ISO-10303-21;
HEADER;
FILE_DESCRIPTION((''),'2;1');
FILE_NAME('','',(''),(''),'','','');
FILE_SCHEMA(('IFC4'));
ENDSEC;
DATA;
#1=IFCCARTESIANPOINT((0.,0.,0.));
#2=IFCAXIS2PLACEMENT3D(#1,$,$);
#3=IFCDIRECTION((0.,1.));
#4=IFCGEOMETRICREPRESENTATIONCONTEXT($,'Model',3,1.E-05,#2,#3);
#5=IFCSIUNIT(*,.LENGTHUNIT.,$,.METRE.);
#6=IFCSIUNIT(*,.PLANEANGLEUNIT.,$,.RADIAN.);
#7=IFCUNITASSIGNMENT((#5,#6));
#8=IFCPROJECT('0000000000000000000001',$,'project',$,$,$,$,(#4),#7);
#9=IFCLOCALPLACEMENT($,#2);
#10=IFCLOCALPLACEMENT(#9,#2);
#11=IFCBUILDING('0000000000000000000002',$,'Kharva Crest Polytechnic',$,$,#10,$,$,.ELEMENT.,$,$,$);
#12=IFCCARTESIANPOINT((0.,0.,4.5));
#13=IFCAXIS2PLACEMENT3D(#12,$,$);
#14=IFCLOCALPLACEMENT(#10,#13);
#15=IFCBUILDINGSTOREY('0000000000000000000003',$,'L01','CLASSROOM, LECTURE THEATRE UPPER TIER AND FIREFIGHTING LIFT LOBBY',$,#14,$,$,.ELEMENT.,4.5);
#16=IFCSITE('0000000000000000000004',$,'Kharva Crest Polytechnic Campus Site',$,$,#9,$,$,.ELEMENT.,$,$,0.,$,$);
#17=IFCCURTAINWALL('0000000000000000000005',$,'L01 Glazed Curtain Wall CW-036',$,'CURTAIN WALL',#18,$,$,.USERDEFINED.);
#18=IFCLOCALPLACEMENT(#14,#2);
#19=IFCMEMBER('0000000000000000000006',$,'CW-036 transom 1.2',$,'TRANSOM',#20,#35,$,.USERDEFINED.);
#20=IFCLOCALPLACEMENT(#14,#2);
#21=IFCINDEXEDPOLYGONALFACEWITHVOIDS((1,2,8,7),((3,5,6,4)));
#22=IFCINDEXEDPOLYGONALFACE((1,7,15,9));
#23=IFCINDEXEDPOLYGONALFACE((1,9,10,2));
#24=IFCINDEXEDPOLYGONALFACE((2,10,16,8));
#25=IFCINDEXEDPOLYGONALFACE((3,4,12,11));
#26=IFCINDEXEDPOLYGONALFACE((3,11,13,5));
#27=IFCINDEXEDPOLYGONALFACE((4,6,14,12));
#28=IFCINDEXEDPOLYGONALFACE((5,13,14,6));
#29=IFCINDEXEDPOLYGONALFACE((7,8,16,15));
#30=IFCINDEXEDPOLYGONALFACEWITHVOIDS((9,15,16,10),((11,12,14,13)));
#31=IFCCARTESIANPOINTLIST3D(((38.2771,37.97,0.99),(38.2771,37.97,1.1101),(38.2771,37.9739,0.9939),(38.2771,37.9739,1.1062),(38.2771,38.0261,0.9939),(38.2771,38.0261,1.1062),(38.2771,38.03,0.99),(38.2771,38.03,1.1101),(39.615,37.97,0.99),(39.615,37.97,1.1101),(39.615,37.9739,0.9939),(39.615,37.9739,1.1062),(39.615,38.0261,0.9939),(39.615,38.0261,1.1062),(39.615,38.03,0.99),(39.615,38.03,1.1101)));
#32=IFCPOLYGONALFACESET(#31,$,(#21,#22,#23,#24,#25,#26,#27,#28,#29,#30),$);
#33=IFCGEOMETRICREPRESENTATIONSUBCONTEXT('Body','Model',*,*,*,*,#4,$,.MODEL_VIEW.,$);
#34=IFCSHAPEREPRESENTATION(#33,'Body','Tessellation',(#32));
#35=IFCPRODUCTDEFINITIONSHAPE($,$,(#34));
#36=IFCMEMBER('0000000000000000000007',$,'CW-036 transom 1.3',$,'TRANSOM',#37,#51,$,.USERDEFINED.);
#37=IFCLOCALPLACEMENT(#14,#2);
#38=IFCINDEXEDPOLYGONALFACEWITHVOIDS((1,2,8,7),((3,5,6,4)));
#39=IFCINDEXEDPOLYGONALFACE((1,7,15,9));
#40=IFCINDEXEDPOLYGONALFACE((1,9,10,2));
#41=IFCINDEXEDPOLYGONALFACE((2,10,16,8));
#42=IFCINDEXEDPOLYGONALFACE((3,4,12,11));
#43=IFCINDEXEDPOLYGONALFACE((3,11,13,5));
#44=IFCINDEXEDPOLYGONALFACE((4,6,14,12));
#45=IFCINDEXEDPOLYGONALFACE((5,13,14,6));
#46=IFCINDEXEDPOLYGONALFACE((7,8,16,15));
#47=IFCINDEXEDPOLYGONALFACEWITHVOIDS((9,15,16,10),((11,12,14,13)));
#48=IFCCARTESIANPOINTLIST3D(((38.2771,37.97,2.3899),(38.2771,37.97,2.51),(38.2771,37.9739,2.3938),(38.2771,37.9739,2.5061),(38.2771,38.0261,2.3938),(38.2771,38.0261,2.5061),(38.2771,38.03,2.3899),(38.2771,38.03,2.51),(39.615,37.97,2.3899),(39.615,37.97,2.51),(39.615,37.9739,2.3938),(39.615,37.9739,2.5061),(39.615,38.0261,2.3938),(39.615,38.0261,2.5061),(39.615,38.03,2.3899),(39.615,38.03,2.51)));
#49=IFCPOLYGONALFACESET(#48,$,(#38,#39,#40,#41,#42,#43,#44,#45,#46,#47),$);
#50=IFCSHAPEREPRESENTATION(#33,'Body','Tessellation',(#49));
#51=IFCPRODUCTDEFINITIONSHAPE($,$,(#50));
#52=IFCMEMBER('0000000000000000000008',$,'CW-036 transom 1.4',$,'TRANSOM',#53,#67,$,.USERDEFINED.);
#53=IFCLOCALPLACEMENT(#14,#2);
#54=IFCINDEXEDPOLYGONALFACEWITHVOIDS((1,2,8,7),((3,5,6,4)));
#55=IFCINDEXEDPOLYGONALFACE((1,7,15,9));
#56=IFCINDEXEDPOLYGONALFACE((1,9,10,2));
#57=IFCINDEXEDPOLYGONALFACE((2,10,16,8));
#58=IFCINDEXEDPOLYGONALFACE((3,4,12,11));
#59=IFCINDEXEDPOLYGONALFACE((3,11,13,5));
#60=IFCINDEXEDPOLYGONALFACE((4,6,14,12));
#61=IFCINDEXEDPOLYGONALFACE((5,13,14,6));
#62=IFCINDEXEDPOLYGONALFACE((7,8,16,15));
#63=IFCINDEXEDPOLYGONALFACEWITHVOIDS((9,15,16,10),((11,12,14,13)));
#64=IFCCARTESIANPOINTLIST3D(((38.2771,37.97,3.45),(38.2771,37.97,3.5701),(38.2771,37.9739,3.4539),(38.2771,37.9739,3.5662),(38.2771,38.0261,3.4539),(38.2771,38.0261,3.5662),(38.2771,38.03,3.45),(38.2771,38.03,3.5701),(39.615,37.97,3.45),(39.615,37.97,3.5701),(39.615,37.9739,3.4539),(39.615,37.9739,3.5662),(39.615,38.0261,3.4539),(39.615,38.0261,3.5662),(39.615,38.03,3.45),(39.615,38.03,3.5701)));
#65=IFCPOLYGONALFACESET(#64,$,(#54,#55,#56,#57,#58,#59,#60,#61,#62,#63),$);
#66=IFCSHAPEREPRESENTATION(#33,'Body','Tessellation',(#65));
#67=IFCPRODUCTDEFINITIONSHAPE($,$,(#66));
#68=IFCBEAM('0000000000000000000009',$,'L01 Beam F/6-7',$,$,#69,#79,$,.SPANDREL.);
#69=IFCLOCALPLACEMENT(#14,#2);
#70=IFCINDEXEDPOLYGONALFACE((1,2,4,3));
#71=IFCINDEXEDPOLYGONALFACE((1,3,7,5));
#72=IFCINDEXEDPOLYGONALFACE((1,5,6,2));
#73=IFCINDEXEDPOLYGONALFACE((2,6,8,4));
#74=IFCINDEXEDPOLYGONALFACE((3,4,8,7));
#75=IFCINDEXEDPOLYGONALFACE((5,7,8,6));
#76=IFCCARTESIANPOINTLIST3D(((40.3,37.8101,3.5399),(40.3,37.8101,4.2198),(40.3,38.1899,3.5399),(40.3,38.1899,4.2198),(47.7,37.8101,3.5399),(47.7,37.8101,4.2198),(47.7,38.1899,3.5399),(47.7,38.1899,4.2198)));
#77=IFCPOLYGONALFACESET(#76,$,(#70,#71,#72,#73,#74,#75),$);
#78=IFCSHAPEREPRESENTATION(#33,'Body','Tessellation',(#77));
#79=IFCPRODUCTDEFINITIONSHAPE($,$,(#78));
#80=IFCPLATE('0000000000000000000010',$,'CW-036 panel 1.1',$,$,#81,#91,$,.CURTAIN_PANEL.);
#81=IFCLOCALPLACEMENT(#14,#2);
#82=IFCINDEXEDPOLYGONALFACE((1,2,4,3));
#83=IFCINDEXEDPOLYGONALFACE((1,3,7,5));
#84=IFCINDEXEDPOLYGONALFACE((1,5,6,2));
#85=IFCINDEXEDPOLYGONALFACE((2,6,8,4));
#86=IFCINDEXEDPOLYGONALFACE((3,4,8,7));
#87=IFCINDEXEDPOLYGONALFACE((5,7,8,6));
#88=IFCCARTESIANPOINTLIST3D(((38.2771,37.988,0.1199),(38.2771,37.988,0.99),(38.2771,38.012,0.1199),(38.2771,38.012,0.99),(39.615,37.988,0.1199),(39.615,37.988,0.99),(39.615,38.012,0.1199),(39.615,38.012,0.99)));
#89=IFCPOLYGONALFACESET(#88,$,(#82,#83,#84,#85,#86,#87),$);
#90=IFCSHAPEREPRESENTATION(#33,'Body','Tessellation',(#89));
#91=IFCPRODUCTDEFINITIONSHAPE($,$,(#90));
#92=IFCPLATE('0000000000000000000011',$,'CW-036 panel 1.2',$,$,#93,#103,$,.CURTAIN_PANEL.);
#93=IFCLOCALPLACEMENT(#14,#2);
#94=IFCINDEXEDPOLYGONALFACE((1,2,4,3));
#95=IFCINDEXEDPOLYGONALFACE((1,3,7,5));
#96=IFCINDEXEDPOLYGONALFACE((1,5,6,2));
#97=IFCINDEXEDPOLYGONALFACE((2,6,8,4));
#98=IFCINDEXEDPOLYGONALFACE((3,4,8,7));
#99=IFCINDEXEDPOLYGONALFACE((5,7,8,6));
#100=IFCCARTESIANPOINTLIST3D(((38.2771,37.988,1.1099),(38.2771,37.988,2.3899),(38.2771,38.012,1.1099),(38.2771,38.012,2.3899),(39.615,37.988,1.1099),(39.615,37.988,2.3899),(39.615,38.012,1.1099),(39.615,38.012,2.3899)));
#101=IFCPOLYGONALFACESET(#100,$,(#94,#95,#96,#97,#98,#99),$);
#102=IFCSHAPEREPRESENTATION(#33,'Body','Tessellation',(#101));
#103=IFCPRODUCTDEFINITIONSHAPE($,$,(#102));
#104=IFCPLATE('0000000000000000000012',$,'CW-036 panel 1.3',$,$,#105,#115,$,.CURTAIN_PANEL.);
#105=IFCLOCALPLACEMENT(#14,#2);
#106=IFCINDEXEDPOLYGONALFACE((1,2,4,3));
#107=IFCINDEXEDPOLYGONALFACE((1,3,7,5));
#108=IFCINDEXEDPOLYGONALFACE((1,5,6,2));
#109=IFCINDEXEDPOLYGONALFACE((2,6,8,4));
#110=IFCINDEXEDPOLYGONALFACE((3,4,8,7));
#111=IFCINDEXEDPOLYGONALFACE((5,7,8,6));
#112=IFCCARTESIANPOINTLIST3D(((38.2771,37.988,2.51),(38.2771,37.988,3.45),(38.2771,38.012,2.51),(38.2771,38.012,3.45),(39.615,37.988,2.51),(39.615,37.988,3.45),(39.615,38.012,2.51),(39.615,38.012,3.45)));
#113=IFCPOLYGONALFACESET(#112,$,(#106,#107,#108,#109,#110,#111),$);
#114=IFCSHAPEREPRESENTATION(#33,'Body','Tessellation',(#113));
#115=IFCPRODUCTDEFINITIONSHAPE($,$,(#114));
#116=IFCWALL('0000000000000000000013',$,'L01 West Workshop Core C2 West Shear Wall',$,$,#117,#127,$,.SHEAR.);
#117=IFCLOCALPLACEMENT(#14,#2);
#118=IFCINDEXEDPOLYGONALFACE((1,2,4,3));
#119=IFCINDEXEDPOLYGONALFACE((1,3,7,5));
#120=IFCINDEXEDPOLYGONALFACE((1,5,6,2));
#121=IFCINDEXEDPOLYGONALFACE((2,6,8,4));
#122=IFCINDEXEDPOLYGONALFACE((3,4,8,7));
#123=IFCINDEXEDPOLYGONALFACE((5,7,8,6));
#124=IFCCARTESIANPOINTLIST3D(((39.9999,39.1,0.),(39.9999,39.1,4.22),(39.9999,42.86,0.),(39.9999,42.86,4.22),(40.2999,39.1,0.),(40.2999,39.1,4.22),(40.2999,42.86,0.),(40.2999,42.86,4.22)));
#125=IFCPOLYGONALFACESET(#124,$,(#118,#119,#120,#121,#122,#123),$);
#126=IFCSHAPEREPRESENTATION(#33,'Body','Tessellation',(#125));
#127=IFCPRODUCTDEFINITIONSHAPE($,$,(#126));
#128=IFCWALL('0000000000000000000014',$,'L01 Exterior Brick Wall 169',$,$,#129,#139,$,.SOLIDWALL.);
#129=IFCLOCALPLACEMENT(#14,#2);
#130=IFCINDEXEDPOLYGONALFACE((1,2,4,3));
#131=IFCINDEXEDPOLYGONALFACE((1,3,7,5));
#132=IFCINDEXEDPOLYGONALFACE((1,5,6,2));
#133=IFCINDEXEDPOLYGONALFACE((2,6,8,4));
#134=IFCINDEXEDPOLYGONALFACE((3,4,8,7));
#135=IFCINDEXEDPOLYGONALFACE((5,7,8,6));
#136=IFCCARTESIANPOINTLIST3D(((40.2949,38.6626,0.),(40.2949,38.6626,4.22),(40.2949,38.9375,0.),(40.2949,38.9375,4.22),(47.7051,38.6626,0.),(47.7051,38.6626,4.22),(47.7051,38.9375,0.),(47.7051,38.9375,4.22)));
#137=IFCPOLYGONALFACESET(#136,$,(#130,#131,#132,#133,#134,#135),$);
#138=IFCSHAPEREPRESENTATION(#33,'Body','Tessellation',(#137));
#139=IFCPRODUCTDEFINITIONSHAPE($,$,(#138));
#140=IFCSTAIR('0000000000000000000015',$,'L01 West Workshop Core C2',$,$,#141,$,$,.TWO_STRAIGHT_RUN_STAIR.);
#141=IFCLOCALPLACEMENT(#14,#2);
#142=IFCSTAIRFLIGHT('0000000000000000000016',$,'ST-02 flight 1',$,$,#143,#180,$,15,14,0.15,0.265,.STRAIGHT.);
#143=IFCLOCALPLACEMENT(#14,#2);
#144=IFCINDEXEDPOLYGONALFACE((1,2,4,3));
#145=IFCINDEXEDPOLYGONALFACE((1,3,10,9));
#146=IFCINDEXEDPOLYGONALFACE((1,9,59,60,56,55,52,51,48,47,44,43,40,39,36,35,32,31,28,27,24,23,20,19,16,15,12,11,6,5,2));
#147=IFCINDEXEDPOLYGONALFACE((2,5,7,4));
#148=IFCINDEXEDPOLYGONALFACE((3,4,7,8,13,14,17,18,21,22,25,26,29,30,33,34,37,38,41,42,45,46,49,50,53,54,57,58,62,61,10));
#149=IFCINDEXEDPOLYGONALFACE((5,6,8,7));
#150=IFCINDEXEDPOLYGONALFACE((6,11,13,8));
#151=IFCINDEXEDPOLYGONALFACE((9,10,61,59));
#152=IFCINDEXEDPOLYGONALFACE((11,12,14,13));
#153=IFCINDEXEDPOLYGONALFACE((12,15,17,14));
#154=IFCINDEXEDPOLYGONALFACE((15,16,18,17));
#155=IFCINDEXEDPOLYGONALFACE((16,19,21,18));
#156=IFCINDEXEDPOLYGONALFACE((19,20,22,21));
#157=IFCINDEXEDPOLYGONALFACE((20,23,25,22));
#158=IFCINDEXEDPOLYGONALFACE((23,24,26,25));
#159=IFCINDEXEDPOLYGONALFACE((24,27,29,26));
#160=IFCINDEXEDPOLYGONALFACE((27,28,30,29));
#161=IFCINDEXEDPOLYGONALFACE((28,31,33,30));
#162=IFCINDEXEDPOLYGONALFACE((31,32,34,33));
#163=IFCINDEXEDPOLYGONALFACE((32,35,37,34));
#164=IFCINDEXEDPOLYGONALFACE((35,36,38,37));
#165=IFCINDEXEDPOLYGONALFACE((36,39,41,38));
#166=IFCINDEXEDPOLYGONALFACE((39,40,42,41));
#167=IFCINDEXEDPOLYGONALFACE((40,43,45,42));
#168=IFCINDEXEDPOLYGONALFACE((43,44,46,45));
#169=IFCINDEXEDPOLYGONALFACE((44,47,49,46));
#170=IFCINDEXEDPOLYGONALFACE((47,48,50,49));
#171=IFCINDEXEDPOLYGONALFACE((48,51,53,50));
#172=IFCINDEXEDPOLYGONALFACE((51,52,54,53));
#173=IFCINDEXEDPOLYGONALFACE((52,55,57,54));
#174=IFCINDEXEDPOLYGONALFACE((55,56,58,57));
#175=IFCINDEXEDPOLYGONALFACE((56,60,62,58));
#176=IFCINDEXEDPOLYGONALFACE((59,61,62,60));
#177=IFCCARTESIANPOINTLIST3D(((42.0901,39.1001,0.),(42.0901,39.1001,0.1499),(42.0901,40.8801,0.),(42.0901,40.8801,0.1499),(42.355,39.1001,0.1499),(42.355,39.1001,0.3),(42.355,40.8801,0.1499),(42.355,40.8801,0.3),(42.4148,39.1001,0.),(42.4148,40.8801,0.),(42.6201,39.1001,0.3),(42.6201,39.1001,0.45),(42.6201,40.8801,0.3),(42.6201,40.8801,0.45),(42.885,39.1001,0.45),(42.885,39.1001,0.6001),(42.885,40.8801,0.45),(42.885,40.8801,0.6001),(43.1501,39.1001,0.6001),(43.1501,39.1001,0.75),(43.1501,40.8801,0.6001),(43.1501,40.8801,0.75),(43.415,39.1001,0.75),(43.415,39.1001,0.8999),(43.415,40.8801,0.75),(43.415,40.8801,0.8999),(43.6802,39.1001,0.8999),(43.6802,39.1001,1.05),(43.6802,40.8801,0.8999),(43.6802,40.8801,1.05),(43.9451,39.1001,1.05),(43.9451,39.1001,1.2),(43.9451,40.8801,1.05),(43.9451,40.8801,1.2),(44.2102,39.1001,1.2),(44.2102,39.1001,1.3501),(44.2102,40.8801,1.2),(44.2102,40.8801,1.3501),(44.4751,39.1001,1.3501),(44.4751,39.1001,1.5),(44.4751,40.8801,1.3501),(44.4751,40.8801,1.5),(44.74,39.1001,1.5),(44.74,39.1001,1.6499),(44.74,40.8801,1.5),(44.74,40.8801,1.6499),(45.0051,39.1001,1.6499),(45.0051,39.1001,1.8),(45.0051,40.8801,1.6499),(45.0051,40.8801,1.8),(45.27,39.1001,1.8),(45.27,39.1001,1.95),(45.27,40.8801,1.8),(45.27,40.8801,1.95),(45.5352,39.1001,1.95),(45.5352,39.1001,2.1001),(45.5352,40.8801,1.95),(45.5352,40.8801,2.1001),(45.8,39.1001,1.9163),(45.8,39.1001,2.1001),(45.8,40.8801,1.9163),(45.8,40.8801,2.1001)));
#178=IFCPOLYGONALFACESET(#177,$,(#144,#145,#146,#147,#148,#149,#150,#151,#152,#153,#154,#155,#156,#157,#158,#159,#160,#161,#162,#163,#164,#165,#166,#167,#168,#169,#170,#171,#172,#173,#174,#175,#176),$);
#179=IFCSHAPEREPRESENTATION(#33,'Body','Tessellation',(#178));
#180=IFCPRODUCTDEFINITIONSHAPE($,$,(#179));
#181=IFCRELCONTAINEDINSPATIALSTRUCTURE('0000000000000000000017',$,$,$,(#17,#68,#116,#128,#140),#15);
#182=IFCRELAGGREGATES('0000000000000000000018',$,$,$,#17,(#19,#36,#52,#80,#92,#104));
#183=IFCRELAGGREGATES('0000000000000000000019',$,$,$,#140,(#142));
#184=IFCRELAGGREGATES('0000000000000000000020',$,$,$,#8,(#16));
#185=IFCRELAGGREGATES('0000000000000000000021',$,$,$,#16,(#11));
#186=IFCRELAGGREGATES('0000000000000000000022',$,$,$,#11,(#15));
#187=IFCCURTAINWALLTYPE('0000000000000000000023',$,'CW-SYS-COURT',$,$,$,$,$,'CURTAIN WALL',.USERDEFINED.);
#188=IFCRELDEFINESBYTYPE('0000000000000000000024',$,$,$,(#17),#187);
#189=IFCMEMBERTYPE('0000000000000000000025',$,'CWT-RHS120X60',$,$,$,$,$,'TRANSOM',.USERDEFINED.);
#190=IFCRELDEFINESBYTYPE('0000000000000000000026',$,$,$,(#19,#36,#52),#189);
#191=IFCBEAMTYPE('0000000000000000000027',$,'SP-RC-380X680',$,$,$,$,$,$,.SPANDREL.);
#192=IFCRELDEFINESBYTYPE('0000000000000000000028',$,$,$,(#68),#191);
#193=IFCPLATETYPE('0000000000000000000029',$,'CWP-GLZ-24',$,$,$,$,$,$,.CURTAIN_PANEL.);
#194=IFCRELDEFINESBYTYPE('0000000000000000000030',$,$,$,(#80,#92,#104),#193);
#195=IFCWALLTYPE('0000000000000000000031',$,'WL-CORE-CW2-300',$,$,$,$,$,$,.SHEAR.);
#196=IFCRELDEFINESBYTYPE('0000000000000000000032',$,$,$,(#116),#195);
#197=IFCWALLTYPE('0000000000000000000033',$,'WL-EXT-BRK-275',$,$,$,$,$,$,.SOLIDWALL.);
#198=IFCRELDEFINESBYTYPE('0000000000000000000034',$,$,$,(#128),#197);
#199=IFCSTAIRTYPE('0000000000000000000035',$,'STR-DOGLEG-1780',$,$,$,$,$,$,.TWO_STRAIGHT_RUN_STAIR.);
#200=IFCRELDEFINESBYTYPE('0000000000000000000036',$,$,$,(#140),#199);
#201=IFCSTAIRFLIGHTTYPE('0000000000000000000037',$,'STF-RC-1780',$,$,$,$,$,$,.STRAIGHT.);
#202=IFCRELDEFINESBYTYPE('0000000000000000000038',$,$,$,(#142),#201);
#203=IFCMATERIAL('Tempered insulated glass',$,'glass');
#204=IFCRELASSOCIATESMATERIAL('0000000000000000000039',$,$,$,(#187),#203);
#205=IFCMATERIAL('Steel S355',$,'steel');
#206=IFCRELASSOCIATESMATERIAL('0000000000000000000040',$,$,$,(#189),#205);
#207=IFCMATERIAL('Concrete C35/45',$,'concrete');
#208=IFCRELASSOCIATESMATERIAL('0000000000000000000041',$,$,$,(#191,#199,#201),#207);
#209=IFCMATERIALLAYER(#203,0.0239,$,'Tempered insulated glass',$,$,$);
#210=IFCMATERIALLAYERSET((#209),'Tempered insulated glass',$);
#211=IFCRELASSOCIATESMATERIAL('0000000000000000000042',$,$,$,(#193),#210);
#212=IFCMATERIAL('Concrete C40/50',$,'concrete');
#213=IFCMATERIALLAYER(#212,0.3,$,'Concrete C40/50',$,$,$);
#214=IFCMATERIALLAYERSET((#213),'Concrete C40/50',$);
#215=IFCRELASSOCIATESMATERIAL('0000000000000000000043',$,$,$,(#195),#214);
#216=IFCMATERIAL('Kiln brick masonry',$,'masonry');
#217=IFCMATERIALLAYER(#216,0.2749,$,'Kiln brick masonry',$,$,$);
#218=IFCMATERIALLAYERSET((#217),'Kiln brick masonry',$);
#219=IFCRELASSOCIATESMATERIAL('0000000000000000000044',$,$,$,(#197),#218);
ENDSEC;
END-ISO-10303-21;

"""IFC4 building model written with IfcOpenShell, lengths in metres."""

from ifc_helpers import new_model, si_unit, direction, frame, frame_2d, origin, origin_2d, place, context, subcontext, project, spatial, polyline, rectangle, hollow_rectangle, outline, extrude, material, layer, layer_set, material_profile, profile_set, type_object, element, aggregate, save


model = new_model("IFC4")

# Units and contexts
model_context = context("Model", 3, precision=1e-05, world=origin(), true_north=direction((0.0, 1.0)))
body_context = subcontext(model_context, "Body", "Model", "MODEL_VIEW")
ifc_project = project(units=[si_unit("LENGTHUNIT", "METRE"), si_unit("PLANEANGLEUNIT", "RADIAN")], contexts=[model_context])

# Site, building, storey
site_placement = place(None, origin())
site = spatial("IfcSite", under=ifc_project, at=site_placement, Name="Kharva Crest Polytechnic Campus Site", CompositionType="ELEMENT", RefElevation=0.0)
building_placement = place(site_placement, origin())
building = spatial("IfcBuilding", under=site, at=building_placement, Name="Kharva Crest Polytechnic", CompositionType="ELEMENT")
storey_placement = place(building_placement, frame((0.0, 0.0, 4.5)))
storey = spatial("IfcBuildingStorey", under=building, at=storey_placement, Name="L01", Description="CLASSROOM, LECTURE THEATRE UPPER TIER AND FIREFIGHTING LIFT LOBBY", CompositionType="ELEMENT", Elevation=4.5)

# Shared definitions
ifc_material_1 = material(Name="Concrete C40/50", Category="concrete")
ifc_material_2 = material(Name="Steel S355", Category="steel")

# Shared definitions
ifc_material_3 = material(Name="Concrete C35/45", Category="concrete")

# Curtain wall, members
ifc_material_4 = material(Name="Tempered insulated glass", Category="glass")
curtain_wall_type = type_object("IfcCurtainWallType", Name="CW-SYS-COURT", ElementType="CURTAIN WALL", PredefinedType="USERDEFINED", material=ifc_material_4)
curtain_wall_placement = place(storey_placement, origin())
curtain_wall = element("IfcCurtainWall", 1, at=curtain_wall_placement, inside=storey, type_object=curtain_wall_type, Name="L01 Glazed Curtain Wall CW-036", ObjectType="CURTAIN WALL", PredefinedType="USERDEFINED")
ifc_material_profile_1 = material_profile(ifc_material_2, hollow_rectangle(XDim=0.0601, YDim=0.1201, WallThickness=0.0039, at=origin_2d()), Name="RHS 120X60X4.0")
ifc_profile_set_1 = profile_set([ifc_material_profile_1], Name="Steel S355")
member_type_1 = type_object("IfcMemberType", Name="CWT-RHS120X60", ElementType="TRANSOM", PredefinedType="USERDEFINED", material=ifc_profile_set_1)
member_1_placement = place(storey_placement, frame((39.615, 38.0, 1.05), z_axis=(-1.0, 0.0, 0.0), x_axis=(0.0, -1.0, 0.0)))
member_1 = element("IfcMember", 2, at=member_1_placement, type_object=member_type_1, Name="CW-036 transom 1.2", ObjectType="TRANSOM", PredefinedType="USERDEFINED", context=body_context, shape_type="SweptSolid", body=[
    extrude(hollow_rectangle(XDim=0.0601, YDim=0.1201, WallThickness=0.0039, at=origin_2d()), origin(), (0.0, 0.0, 1.0), 1.3379),
])
member_2_placement = place(storey_placement, frame((39.615, 38.0, 2.45), z_axis=(-1.0, 0.0, 0.0), x_axis=(0.0, -1.0, 0.0)))
member_2 = element("IfcMember", 3, at=member_2_placement, type_object=member_type_1, Name="CW-036 transom 1.3", ObjectType="TRANSOM", PredefinedType="USERDEFINED", context=body_context, shape_type="SweptSolid", body=[
    extrude(hollow_rectangle(XDim=0.0601, YDim=0.1201, WallThickness=0.0039, at=origin_2d()), origin(), (0.0, 0.0, 1.0), 1.3379),
])
member_3_placement = place(storey_placement, frame((39.615, 38.0, 3.51), z_axis=(-1.0, 0.0, 0.0), x_axis=(0.0, -1.0, 0.0)))
member_3 = element("IfcMember", 4, at=member_3_placement, type_object=member_type_1, Name="CW-036 transom 1.4", ObjectType="TRANSOM", PredefinedType="USERDEFINED", context=body_context, shape_type="SweptSolid", body=[
    extrude(hollow_rectangle(XDim=0.0601, YDim=0.1201, WallThickness=0.0039, at=origin_2d()), origin(), (0.0, 0.0, 1.0), 1.3379),
])

# Beam
ifc_material_profile_2 = material_profile(ifc_material_3, rectangle(XDim=0.3799, YDim=0.6799, at=origin_2d()), Name="RECT 380 X 680")
ifc_profile_set_2 = profile_set([ifc_material_profile_2], Name="Concrete C35/45")
beam_type_1 = type_object("IfcBeamType", Name="SP-RC-380X680", PredefinedType="SPANDREL", material=ifc_profile_set_2)
beam_1_placement = place(storey_placement, frame((40.3, 38.0, 3.8799), z_axis=(1.0, 0.0, 0.0), x_axis=(0.0, 1.0, 0.0)))
element("IfcBeam", 5, at=beam_1_placement, inside=storey, type_object=beam_type_1, Name="L01 Beam F/6-7", PredefinedType="SPANDREL", context=body_context, shape_type="SweptSolid", body=[
    extrude(rectangle(XDim=0.3799, YDim=0.6799, at=origin_2d()), origin(), (0.0, 0.0, 1.0), 7.3999),
])

# Plates
ifc_layer_1 = layer(ifc_material_4, 0.0239, Name="Tempered insulated glass")
ifc_layer_set_1 = layer_set([ifc_layer_1], Name="Tempered insulated glass")
plate_type = type_object("IfcPlateType", Name="CWP-GLZ-24", PredefinedType="CURTAIN_PANEL", material=ifc_layer_set_1)
plate_1_placement = place(storey_placement, frame((38.946, 38.0, 0.1199), z_axis=(0.0, 0.0, 1.0), x_axis=(-1.0, 0.0, 0.0)))
plate_1 = element("IfcPlate", 6, at=plate_1_placement, type_object=plate_type, Name="CW-036 panel 1.1", PredefinedType="CURTAIN_PANEL", context=body_context, shape_type="SweptSolid", body=[
    extrude(rectangle(XDim=1.3379, YDim=0.0239, at=origin_2d()), origin(), (0.0, 0.0, 1.0), 0.8701),
])
plate_2_placement = place(storey_placement, frame((38.946, 38.0, 1.1099), z_axis=(0.0, 0.0, 1.0), x_axis=(-1.0, 0.0, 0.0)))
plate_2 = element("IfcPlate", 7, at=plate_2_placement, type_object=plate_type, Name="CW-036 panel 1.2", PredefinedType="CURTAIN_PANEL", context=body_context, shape_type="SweptSolid", body=[
    extrude(rectangle(XDim=1.3379, YDim=0.0239, at=origin_2d()), origin(), (0.0, 0.0, 1.0), 1.28),
])
plate_3_placement = place(storey_placement, frame((38.946, 38.0, 2.51), z_axis=(0.0, 0.0, 1.0), x_axis=(-1.0, 0.0, 0.0)))
plate_3 = element("IfcPlate", 8, at=plate_3_placement, type_object=plate_type, Name="CW-036 panel 1.3", PredefinedType="CURTAIN_PANEL", context=body_context, shape_type="SweptSolid", body=[
    extrude(rectangle(XDim=1.3379, YDim=0.0239, at=origin_2d()), origin(), (0.0, 0.0, 1.0), 0.9399),
])
aggregate(curtain_wall, [member_1, member_2, member_3, plate_1, plate_2, plate_3])

# Walls
ifc_layer_2 = layer(ifc_material_1, 0.3, Name="Concrete C40/50")
ifc_layer_set_2 = layer_set([ifc_layer_2], Name="Concrete C40/50")
wall_type_1 = type_object("IfcWallType", Name="WL-CORE-CW2-300", PredefinedType="SHEAR", material=ifc_layer_set_2)
wall_1_placement = place(storey_placement, frame((40.1499, 39.1001, 0.0), z_axis=(0.0, 0.0, 1.0), x_axis=(0.0, 1.0, 0.0)))
element("IfcWall", 9, at=wall_1_placement, inside=storey, type_object=wall_type_1, Name="L01 West Workshop Core C2 West Shear Wall", PredefinedType="SHEAR", context=body_context, shape_type="SweptSolid", body=[
    extrude(rectangle(XDim=3.76, YDim=0.3, at=frame_2d((1.8799, 0.0))), origin(), (0.0, 0.0, 1.0), 4.22),
])
ifc_material_5 = material(Name="Kiln brick masonry", Category="masonry")
ifc_layer_3 = layer(ifc_material_5, 0.2749, Name="Kiln brick masonry")
ifc_layer_set_3 = layer_set([ifc_layer_3], Name="Kiln brick masonry")
wall_type_2 = type_object("IfcWallType", Name="WL-EXT-BRK-275", PredefinedType="SOLIDWALL", material=ifc_layer_set_3)
wall_2_placement = place(storey_placement, frame((40.2949, 38.8, 0.0), z_axis=(0.0, 0.0, 1.0), x_axis=(1.0, 0.0, 0.0)))
element("IfcWall", 10, at=wall_2_placement, inside=storey, type_object=wall_type_2, Name="L01 Exterior Brick Wall 169", PredefinedType="SOLIDWALL", context=body_context, shape_type="SweptSolid", body=[
    extrude(rectangle(XDim=7.4102, YDim=0.2749, at=frame_2d((3.7051, 0.0))), origin(), (0.0, 0.0, 1.0), 4.22),
])

# Stair, stair flight
stair_type = type_object("IfcStairType", Name="STR-DOGLEG-1780", PredefinedType="TWO_STRAIGHT_RUN_STAIR", material=ifc_material_3)
stair_placement = place(storey_placement, origin())
stair = element("IfcStair", 11, at=stair_placement, inside=storey, type_object=stair_type, Name="L01 West Workshop Core C2", PredefinedType="TWO_STRAIGHT_RUN_STAIR")
stair_flight_type = type_object("IfcStairFlightType", Name="STF-RC-1780", PredefinedType="STRAIGHT", material=ifc_material_3)
stair_flight_1_placement = place(storey_placement, frame((42.0901, 39.99, 0.0), z_axis=(0.0, 0.0, 1.0), x_axis=(1.0, 0.0, 0.0)))
stair_flight_1 = element("IfcStairFlight", 12, at=stair_flight_1_placement, type_object=stair_flight_type, Name="ST-02 flight 1", NumberOfRisers=15, NumberOfTreads=14, PredefinedType="STRAIGHT", RiserHeight=0.15, TreadLength=0.265, context=body_context, shape_type="SweptSolid", body=[
    extrude(outline(polyline([(0.0, 0.0), (0.0, 0.1499), (0.2649, 0.1499), (0.2649, 0.3), (0.53, 0.3), (0.53, 0.45), (0.7949, 0.45), (0.7949, 0.6001), (1.0601, 0.6001), (1.0601, 0.75), (1.325, 0.75), (1.325, 0.8999), (1.5901, 0.8999), (1.5901, 1.05), (1.855, 1.05), (1.855, 1.2), (2.1201, 1.2), (2.1201, 1.3501), (2.385, 1.3501), (2.385, 1.5), (2.6499, 1.5), (2.6499, 1.6499), (2.915, 1.6499), (2.915, 1.8), (3.1799, 1.8), (3.1799, 1.95), (3.4451, 1.95), (3.4451, 2.1001), (3.71, 2.1001), (3.71, 2.25), (3.71, 1.9163), (0.3247, 0.0), (0.0, 0.0)])), frame((0.0, 0.8901, 0.0), z_axis=(0.0, -1.0, 0.0), x_axis=(1.0, 0.0, 0.0)), (0.0, 0.0, 1.0), 1.78),
])
aggregate(stair, [stair_flight_1])

save(model, "model.ifc")
